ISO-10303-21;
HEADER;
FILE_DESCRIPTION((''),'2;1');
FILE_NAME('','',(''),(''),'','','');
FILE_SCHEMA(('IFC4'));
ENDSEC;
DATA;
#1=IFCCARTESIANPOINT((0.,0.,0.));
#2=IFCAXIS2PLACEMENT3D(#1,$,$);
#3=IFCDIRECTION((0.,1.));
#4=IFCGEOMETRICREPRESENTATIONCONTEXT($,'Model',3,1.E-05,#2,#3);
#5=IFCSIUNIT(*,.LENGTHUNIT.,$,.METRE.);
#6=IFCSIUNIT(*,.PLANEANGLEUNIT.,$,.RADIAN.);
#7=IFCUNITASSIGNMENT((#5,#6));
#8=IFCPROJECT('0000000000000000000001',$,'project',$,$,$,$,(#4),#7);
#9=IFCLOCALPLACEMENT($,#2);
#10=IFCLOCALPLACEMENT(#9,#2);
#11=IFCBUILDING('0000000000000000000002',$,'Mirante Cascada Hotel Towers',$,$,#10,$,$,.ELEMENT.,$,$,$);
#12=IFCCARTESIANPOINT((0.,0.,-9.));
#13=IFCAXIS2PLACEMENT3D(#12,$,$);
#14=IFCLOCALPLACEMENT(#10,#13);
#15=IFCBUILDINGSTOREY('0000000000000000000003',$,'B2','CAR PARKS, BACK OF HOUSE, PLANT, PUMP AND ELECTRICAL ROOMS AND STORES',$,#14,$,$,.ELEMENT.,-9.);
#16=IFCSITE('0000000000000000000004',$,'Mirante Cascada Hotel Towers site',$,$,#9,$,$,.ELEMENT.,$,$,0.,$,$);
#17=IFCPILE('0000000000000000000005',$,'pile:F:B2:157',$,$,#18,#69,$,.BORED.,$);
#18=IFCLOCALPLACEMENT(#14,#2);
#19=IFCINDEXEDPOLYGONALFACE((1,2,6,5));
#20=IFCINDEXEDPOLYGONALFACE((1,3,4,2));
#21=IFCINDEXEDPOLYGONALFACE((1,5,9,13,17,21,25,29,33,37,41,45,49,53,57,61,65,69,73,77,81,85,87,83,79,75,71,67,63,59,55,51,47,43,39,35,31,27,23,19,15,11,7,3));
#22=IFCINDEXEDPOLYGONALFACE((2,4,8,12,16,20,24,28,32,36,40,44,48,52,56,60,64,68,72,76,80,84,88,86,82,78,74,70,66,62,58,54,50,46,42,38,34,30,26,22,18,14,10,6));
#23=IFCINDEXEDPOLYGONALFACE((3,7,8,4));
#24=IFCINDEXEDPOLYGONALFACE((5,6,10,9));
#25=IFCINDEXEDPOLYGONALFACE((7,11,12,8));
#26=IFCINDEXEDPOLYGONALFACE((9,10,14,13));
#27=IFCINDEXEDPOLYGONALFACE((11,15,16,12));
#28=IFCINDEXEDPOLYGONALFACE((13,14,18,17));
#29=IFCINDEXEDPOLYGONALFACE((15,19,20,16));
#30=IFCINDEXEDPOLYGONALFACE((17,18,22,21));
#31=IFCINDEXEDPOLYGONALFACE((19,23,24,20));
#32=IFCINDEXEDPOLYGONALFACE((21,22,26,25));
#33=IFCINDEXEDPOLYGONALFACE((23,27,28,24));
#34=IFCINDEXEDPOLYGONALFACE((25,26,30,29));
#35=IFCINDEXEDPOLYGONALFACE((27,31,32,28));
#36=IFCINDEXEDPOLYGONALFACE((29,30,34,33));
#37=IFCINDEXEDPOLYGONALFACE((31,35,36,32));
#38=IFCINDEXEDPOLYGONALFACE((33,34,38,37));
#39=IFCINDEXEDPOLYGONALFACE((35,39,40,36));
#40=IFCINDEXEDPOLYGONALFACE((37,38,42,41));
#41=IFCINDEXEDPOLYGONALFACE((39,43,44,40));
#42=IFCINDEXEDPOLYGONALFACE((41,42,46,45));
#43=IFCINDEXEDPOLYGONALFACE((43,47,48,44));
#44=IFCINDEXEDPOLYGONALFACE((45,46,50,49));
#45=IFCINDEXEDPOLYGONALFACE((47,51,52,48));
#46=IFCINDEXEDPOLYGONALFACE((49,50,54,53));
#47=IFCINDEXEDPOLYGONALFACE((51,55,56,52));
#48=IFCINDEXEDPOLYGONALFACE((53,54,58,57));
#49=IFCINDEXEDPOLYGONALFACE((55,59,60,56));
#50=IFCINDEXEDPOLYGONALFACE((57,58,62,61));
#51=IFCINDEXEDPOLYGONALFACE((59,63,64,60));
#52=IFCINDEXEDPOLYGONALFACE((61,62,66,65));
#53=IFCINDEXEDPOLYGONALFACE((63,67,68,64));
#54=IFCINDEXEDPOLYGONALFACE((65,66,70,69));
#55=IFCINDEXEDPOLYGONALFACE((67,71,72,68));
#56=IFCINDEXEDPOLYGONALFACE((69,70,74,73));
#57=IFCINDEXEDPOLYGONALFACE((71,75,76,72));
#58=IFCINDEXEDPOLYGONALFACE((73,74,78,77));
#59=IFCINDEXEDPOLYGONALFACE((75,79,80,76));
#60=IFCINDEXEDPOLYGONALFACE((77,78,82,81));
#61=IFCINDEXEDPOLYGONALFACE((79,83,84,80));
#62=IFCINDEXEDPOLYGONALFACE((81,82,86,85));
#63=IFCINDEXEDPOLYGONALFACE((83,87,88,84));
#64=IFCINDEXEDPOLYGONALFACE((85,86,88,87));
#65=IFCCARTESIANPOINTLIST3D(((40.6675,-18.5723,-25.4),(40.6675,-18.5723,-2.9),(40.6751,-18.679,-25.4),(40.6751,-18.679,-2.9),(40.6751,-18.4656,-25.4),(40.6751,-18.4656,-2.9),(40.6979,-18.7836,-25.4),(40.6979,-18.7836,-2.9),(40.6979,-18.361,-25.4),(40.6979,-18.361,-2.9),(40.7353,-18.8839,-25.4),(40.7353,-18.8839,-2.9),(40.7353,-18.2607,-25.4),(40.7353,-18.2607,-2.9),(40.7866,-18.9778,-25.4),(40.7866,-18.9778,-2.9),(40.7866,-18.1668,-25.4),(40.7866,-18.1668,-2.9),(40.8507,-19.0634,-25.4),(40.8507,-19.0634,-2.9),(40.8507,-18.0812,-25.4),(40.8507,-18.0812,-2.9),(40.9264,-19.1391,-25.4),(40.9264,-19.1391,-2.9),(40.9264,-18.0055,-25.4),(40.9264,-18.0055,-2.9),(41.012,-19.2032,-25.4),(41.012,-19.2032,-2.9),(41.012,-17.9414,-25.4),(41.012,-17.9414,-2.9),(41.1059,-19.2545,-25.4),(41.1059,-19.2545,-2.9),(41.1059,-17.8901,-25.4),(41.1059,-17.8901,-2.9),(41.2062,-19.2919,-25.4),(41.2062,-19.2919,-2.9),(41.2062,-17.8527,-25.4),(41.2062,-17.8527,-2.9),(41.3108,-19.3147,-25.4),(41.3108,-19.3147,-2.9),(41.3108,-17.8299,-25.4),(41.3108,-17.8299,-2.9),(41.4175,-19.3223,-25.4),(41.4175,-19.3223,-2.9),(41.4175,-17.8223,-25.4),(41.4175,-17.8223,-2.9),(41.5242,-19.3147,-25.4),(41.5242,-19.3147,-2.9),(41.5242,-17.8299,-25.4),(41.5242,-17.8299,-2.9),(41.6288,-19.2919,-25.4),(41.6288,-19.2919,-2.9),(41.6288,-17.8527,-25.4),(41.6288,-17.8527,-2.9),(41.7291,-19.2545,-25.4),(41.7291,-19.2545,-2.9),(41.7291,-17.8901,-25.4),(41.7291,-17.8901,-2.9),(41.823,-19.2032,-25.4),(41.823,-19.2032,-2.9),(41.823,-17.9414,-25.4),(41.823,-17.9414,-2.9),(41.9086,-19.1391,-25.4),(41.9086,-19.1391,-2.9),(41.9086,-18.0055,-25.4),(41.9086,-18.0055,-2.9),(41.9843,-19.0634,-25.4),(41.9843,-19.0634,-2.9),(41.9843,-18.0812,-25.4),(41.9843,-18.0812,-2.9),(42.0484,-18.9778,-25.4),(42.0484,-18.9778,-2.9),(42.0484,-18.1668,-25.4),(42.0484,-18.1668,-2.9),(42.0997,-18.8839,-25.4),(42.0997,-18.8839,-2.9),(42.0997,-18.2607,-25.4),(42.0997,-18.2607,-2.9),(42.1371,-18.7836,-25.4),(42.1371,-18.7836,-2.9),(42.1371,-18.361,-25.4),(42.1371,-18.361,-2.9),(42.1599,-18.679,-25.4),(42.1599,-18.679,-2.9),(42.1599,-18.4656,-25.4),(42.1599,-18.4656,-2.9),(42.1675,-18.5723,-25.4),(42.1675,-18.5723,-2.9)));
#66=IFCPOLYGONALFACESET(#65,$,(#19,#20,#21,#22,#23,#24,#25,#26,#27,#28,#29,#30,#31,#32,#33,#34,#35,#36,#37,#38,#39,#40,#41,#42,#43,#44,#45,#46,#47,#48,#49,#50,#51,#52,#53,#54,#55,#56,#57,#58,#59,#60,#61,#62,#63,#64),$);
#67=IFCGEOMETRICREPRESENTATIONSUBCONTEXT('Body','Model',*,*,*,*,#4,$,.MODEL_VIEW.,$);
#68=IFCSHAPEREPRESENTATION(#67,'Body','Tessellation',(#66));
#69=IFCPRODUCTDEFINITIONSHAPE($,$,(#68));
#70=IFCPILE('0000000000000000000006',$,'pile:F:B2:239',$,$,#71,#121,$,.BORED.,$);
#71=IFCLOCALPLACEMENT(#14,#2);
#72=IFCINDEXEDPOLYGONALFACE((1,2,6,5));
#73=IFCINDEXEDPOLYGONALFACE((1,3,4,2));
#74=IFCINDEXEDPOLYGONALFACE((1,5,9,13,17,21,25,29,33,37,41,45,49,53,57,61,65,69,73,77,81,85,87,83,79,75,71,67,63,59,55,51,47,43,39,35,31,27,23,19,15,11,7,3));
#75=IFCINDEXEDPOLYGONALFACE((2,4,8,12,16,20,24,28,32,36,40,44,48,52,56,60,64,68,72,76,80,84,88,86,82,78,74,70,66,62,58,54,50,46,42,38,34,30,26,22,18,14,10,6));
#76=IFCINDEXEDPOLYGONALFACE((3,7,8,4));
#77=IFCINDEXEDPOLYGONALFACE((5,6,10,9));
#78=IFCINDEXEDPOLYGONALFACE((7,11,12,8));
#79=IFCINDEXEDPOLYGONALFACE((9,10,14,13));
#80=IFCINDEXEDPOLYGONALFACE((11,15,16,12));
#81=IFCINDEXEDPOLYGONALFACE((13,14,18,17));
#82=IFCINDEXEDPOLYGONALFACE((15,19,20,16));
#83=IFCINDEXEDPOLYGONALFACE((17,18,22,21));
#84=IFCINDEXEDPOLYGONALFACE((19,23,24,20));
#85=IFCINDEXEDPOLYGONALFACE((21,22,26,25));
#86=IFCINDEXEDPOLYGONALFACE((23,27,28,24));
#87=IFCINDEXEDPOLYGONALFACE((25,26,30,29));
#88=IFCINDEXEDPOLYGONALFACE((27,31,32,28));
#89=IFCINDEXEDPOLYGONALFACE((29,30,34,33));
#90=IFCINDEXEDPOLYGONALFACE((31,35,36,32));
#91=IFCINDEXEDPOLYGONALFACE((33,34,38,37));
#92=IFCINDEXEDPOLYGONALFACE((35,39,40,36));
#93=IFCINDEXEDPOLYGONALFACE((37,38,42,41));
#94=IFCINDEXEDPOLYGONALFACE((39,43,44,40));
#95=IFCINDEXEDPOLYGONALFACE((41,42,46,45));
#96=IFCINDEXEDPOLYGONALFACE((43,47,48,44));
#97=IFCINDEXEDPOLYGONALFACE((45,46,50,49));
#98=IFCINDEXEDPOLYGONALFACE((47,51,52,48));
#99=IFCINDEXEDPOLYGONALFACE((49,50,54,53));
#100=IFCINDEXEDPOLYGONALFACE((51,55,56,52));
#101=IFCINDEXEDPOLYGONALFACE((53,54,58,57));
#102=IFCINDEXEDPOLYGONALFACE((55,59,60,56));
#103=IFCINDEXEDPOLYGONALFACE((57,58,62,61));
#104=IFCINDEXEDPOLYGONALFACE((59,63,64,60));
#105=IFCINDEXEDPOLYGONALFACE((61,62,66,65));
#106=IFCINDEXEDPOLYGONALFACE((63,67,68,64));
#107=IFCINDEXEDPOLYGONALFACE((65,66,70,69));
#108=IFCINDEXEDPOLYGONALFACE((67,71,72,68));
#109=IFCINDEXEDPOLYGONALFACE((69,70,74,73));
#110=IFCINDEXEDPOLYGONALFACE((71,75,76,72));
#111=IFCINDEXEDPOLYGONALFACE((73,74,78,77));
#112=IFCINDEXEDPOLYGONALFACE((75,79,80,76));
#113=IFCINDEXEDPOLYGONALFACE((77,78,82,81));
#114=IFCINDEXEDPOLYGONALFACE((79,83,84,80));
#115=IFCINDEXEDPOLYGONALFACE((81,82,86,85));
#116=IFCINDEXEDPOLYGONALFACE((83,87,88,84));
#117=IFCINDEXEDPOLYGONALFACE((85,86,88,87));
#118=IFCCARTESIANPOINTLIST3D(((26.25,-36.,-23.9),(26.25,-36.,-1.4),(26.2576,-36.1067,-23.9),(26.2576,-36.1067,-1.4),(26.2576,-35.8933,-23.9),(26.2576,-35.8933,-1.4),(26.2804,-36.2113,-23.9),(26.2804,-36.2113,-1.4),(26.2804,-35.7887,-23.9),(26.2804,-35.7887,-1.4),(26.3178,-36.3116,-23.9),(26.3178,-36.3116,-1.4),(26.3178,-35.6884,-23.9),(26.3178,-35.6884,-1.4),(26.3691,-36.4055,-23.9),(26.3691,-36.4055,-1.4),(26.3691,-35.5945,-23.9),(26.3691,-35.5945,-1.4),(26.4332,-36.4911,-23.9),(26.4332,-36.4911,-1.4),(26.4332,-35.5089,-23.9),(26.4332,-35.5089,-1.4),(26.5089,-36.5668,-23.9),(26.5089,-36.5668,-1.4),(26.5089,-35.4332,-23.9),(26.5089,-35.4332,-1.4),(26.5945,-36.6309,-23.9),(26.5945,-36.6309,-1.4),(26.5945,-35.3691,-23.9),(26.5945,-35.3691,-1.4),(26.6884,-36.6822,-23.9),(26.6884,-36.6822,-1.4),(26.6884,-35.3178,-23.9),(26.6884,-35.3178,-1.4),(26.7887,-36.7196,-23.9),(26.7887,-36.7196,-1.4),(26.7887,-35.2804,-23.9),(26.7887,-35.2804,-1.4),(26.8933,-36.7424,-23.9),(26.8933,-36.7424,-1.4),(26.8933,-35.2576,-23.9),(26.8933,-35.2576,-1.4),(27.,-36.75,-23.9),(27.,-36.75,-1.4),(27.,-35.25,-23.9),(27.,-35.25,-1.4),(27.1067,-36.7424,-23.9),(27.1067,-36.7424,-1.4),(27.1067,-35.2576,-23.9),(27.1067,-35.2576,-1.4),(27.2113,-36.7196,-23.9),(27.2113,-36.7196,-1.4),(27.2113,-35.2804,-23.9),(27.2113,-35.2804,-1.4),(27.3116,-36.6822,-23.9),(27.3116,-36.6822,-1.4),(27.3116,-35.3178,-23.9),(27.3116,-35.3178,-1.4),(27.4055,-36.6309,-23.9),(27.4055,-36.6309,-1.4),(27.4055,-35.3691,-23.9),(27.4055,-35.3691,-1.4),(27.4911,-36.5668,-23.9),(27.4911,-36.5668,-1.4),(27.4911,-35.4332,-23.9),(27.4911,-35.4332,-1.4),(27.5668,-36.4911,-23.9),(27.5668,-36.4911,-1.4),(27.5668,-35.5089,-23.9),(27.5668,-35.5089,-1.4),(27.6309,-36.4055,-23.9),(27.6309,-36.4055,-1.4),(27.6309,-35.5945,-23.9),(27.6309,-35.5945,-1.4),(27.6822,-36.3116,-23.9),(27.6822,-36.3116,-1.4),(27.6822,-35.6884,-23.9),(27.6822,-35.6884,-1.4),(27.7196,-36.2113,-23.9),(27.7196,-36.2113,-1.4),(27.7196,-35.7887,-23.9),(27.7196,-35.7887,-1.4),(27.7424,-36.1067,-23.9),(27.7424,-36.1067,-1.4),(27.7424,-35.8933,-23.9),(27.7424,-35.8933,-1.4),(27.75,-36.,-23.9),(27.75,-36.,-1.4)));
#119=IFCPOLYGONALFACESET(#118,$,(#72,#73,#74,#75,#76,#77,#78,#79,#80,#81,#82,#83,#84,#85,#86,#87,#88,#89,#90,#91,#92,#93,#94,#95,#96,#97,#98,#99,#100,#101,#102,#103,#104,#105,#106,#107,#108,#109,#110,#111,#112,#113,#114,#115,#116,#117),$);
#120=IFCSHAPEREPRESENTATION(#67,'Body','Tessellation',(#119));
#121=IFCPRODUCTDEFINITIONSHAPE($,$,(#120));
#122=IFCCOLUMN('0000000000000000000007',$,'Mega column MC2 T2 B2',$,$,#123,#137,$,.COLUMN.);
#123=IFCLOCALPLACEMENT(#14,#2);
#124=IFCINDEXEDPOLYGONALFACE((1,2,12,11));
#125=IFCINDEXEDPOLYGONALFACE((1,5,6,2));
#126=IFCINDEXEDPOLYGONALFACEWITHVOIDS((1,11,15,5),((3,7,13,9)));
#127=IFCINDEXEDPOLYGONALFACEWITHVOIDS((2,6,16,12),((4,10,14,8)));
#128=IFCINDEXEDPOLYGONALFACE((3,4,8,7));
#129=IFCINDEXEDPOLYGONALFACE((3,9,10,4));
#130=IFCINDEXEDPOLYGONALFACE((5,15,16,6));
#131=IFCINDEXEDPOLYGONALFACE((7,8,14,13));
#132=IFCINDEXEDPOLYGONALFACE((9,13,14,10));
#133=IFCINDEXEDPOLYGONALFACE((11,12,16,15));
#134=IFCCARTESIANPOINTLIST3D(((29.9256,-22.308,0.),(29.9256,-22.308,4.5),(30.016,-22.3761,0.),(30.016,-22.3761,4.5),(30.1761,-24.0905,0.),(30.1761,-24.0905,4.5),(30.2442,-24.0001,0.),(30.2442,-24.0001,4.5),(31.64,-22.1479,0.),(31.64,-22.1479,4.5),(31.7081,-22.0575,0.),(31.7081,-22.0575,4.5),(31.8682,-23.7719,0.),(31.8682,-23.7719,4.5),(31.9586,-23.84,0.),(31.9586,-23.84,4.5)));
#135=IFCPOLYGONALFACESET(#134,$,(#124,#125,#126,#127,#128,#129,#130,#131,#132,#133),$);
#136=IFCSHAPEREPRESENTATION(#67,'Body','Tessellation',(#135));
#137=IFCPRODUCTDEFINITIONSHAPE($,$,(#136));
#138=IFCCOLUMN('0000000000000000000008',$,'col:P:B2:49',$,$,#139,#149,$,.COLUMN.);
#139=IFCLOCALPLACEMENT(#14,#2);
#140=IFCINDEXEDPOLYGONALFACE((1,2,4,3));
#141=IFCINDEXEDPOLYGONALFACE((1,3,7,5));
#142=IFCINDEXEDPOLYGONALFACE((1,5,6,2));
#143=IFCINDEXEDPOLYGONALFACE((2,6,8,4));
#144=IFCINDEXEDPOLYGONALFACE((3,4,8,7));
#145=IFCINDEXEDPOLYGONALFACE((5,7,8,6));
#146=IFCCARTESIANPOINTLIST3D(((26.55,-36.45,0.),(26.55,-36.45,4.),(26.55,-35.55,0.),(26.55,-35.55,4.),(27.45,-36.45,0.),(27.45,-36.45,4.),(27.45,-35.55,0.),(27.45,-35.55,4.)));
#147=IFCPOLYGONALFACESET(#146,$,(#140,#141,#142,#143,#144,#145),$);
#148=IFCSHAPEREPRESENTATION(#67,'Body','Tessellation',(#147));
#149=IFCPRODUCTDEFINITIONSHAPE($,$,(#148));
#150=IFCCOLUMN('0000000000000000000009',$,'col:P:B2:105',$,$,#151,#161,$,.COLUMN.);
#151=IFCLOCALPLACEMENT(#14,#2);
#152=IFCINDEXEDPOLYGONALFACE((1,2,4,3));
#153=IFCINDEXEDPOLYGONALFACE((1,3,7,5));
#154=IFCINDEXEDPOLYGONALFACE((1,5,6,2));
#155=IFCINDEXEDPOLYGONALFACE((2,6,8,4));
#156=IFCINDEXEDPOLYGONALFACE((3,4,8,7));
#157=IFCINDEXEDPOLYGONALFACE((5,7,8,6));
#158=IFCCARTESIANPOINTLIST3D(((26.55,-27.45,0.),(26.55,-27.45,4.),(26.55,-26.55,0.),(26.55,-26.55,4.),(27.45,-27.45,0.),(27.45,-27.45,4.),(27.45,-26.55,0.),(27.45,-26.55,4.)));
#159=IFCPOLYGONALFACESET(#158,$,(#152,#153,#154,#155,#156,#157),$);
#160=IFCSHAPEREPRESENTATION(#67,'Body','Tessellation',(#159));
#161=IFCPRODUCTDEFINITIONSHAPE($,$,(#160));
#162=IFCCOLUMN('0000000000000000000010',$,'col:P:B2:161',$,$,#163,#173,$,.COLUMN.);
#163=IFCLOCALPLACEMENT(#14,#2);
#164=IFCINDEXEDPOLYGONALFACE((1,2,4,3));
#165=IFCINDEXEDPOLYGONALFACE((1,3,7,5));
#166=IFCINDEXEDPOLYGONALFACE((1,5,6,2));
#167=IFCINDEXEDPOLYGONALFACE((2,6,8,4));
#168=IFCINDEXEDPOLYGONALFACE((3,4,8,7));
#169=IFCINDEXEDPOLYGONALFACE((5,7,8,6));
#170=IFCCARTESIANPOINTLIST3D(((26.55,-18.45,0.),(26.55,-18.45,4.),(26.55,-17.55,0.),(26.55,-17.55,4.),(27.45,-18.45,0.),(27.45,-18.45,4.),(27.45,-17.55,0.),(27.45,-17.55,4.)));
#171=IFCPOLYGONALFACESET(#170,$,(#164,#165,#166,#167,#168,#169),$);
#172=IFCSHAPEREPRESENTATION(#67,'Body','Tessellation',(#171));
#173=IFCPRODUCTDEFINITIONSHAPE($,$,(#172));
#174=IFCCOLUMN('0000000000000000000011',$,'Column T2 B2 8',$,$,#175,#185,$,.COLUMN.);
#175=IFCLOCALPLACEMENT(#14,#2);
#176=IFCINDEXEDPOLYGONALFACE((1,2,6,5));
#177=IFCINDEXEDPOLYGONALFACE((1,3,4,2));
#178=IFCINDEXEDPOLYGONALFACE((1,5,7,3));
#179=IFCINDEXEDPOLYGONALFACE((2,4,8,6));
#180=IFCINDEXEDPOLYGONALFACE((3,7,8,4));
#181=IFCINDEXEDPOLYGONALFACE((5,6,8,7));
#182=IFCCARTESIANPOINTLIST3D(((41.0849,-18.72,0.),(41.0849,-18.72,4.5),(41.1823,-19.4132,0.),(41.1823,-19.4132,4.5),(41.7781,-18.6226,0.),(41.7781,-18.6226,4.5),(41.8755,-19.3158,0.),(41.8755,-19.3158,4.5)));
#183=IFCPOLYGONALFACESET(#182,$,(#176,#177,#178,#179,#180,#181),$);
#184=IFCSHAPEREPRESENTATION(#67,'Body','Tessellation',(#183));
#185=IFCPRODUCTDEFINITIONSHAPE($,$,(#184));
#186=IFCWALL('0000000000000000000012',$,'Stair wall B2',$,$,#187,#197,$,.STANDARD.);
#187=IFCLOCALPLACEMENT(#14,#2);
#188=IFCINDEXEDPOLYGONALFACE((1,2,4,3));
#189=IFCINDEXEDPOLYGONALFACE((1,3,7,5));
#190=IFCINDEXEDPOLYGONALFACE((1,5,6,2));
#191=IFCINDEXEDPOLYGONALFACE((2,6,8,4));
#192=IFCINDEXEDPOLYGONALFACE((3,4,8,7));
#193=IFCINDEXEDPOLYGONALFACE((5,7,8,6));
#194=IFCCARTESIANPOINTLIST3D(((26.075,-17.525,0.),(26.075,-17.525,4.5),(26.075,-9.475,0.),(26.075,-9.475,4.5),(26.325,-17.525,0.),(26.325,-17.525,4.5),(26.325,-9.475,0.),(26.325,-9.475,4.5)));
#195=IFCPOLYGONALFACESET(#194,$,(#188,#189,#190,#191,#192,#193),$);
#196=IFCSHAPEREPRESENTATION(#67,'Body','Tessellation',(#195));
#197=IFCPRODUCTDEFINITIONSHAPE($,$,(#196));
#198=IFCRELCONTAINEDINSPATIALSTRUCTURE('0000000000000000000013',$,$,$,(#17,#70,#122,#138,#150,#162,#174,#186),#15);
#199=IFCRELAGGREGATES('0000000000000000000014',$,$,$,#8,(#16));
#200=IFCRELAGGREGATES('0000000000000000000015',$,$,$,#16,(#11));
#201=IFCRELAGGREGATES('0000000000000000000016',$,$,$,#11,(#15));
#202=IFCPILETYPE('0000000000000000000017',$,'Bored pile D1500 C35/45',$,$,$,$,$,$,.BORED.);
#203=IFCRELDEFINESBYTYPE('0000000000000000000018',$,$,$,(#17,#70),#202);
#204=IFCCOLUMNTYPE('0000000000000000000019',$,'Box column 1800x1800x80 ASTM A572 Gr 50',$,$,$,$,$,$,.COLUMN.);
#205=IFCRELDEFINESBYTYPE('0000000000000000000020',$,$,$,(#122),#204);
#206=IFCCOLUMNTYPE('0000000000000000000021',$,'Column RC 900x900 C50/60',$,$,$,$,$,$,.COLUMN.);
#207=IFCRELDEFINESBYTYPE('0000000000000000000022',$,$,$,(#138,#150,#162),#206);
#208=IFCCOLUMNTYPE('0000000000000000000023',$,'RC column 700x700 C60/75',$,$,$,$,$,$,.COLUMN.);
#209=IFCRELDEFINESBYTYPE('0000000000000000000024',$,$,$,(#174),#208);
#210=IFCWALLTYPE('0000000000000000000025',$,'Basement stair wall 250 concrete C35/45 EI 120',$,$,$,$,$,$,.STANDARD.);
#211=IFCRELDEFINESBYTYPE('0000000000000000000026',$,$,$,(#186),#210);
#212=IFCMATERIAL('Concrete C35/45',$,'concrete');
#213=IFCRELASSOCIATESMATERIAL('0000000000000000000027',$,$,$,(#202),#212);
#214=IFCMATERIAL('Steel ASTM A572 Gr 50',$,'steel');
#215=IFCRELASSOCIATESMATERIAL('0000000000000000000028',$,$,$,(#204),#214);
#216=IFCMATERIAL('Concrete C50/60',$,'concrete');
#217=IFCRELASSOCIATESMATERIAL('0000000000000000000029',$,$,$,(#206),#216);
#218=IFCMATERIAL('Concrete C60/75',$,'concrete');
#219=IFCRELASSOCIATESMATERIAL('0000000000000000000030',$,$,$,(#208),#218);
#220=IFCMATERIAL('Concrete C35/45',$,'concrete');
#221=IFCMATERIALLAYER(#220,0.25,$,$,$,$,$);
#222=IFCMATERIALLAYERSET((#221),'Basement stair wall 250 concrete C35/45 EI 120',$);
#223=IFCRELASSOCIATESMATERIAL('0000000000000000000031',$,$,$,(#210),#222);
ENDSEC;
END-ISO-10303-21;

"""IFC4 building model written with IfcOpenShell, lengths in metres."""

from ifc_helpers import new_model, si_unit, direction, frame, frame_2d, origin, origin_2d, place, context, subcontext, project, spatial, rectangle, hollow_rectangle, circle, extrude, material, layer, layer_set, material_profile, profile_set, type_object, element, save


model = new_model("IFC4")

# Units and contexts
model_context = context("Model", 3, precision=1e-05, world=origin(), true_north=direction((0.0, 1.0)))
body_context = subcontext(model_context, "Body", "Model", "MODEL_VIEW")
ifc_project = project(units=[si_unit("LENGTHUNIT", "METRE"), si_unit("PLANEANGLEUNIT", "RADIAN")], contexts=[model_context])

# Site, building, storey
site_placement = place(None, origin())
site = spatial("IfcSite", under=ifc_project, at=site_placement, Name="Mirante Cascada Hotel Towers site", CompositionType="ELEMENT", RefElevation=0.0)
building_placement = place(site_placement, origin())
building = spatial("IfcBuilding", under=site, at=building_placement, Name="Mirante Cascada Hotel Towers", CompositionType="ELEMENT")
storey_placement = place(building_placement, frame((0.0, 0.0, -9.0)))
storey = spatial("IfcBuildingStorey", under=building, at=storey_placement, Name="B2", Description="CAR PARKS, BACK OF HOUSE, PLANT, PUMP AND ELECTRICAL ROOMS AND STORES", CompositionType="ELEMENT", Elevation=-9.0)

# Piles
ifc_material_1 = material(Name="Concrete C35/45", Category="concrete")
ifc_material_profile_1 = material_profile(ifc_material_1, circle(Radius=0.75, at=origin_2d()), Name="RC D1500")
ifc_profile_set_1 = profile_set([ifc_material_profile_1], Name="Concrete C35/45")
pile_type = type_object("IfcPileType", Name="Bored pile D1500 C35/45", PredefinedType="BORED", material=ifc_profile_set_1)
for number, where, z_axis, x_axis, name in (
    (1, (41.4175, -18.5723, -2.9), (0.0, 0.0, -1.0), (1.0, 0.0, 0.0), "pile:F:B2:157"),
    (2, (27.0, -36.0, -1.4), (0.0, 0.0, -1.0), (1.0, 0.0, 0.0), "pile:F:B2:239"),
):
    element("IfcPile", number, at=place(storey_placement, frame(where, z_axis=z_axis, x_axis=x_axis)), inside=storey, type_object=pile_type, Name=name, PredefinedType="BORED", context=body_context, shape_type="SweptSolid", body=[
        extrude(circle(Radius=0.75, at=origin_2d()), origin(), (0.0, 0.0, 1.0), 22.5),
    ])

# Columns
ifc_material_2 = material(Name="Steel ASTM A572 Gr 50", Category="steel")
ifc_material_profile_2 = material_profile(ifc_material_2, hollow_rectangle(XDim=1.8, YDim=1.8, WallThickness=0.08, at=origin_2d()), Name="Box column 1800x1800x80 ASTM A572 Gr 50")
ifc_profile_set_2 = profile_set([ifc_material_profile_2], Name="Steel ASTM A572 Gr 50")
column_type_1 = type_object("IfcColumnType", Name="Box column 1800x1800x80 ASTM A572 Gr 50", PredefinedType="COLUMN", material=ifc_profile_set_2)
column_1_placement = place(storey_placement, frame((30.9421, -23.074, 0.0), z_axis=(0.0, 0.0, 1.0), x_axis=(0.990268, 0.139173, 0.0)))
element("IfcColumn", 3, at=column_1_placement, inside=storey, type_object=column_type_1, Name="Mega column MC2 T2 B2", PredefinedType="COLUMN", context=body_context, shape_type="SweptSolid", body=[
    extrude(hollow_rectangle(XDim=1.8, YDim=1.8, WallThickness=0.08, at=origin_2d()), origin(), (0.0, 0.0, 1.0), 4.5),
])
ifc_material_3 = material(Name="Concrete C50/60", Category="concrete")
ifc_material_profile_3 = material_profile(ifc_material_3, rectangle(XDim=0.9, YDim=0.9, at=origin_2d()), Name="RC 900x900")
ifc_profile_set_3 = profile_set([ifc_material_profile_3], Name="Concrete C50/60")
column_type_2 = type_object("IfcColumnType", Name="Column RC 900x900 C50/60", PredefinedType="COLUMN", material=ifc_profile_set_3)
for number, where, z_axis, x_axis, name in (
    (4, (27.0, -36.0, 0.0), (0.0, 0.0, 1.0), (1.0, 0.0, 0.0), "col:P:B2:49"),
    (5, (27.0, -27.0, 0.0), (0.0, 0.0, 1.0), (1.0, 0.0, 0.0), "col:P:B2:105"),
    (6, (27.0, -18.0, 0.0), (0.0, 0.0, 1.0), (1.0, 0.0, 0.0), "col:P:B2:161"),
):
    element("IfcColumn", number, at=place(storey_placement, frame(where, z_axis=z_axis, x_axis=x_axis)), inside=storey, type_object=column_type_2, Name=name, PredefinedType="COLUMN", context=body_context, shape_type="SweptSolid", body=[
        extrude(rectangle(XDim=0.9, YDim=0.9, at=origin_2d()), origin(), (0.0, 0.0, 1.0), 4.0),
    ])
ifc_material_4 = material(Name="Concrete C60/75", Category="concrete")
ifc_material_profile_4 = material_profile(ifc_material_4, rectangle(XDim=0.7, YDim=0.7, at=origin_2d()), Name="RC column 700x700 C60/75")
ifc_profile_set_4 = profile_set([ifc_material_profile_4], Name="Concrete C60/75")
column_type_3 = type_object("IfcColumnType", Name="RC column 700x700 C60/75", PredefinedType="COLUMN", material=ifc_profile_set_4)
column_2_placement = place(storey_placement, frame((41.4802, -19.0179, 0.0), z_axis=(0.0, 0.0, 1.0), x_axis=(0.990268, 0.139173, 0.0)))
element("IfcColumn", 7, at=column_2_placement, inside=storey, type_object=column_type_3, Name="Column T2 B2 8", PredefinedType="COLUMN", context=body_context, shape_type="SweptSolid", body=[
    extrude(rectangle(XDim=0.7, YDim=0.7, at=origin_2d()), origin(), (0.0, 0.0, 1.0), 4.5),
])

# Wall
ifc_material_5 = material(Name="Concrete C35/45", Category="concrete")
ifc_layer_1 = layer(ifc_material_5, 0.25)
ifc_layer_set_1 = layer_set([ifc_layer_1], Name="Basement stair wall 250 concrete C35/45 EI 120")
wall_type_1 = type_object("IfcWallType", Name="Basement stair wall 250 concrete C35/45 EI 120", PredefinedType="STANDARD", material=ifc_layer_set_1)
wall_1_placement = place(storey_placement, frame((26.2, -17.525, 0.0), z_axis=(0.0, 0.0, 1.0), x_axis=(0.0, 1.0, 0.0)))
element("IfcWall", 8, at=wall_1_placement, inside=storey, type_object=wall_type_1, Name="Stair wall B2", PredefinedType="STANDARD", context=body_context, shape_type="SweptSolid", body=[
    extrude(rectangle(XDim=8.05, YDim=0.25, at=frame_2d((4.025, 0.0))), origin(), (0.0, 0.0, 1.0), 4.5),
])

save(model, "model.ifc")
